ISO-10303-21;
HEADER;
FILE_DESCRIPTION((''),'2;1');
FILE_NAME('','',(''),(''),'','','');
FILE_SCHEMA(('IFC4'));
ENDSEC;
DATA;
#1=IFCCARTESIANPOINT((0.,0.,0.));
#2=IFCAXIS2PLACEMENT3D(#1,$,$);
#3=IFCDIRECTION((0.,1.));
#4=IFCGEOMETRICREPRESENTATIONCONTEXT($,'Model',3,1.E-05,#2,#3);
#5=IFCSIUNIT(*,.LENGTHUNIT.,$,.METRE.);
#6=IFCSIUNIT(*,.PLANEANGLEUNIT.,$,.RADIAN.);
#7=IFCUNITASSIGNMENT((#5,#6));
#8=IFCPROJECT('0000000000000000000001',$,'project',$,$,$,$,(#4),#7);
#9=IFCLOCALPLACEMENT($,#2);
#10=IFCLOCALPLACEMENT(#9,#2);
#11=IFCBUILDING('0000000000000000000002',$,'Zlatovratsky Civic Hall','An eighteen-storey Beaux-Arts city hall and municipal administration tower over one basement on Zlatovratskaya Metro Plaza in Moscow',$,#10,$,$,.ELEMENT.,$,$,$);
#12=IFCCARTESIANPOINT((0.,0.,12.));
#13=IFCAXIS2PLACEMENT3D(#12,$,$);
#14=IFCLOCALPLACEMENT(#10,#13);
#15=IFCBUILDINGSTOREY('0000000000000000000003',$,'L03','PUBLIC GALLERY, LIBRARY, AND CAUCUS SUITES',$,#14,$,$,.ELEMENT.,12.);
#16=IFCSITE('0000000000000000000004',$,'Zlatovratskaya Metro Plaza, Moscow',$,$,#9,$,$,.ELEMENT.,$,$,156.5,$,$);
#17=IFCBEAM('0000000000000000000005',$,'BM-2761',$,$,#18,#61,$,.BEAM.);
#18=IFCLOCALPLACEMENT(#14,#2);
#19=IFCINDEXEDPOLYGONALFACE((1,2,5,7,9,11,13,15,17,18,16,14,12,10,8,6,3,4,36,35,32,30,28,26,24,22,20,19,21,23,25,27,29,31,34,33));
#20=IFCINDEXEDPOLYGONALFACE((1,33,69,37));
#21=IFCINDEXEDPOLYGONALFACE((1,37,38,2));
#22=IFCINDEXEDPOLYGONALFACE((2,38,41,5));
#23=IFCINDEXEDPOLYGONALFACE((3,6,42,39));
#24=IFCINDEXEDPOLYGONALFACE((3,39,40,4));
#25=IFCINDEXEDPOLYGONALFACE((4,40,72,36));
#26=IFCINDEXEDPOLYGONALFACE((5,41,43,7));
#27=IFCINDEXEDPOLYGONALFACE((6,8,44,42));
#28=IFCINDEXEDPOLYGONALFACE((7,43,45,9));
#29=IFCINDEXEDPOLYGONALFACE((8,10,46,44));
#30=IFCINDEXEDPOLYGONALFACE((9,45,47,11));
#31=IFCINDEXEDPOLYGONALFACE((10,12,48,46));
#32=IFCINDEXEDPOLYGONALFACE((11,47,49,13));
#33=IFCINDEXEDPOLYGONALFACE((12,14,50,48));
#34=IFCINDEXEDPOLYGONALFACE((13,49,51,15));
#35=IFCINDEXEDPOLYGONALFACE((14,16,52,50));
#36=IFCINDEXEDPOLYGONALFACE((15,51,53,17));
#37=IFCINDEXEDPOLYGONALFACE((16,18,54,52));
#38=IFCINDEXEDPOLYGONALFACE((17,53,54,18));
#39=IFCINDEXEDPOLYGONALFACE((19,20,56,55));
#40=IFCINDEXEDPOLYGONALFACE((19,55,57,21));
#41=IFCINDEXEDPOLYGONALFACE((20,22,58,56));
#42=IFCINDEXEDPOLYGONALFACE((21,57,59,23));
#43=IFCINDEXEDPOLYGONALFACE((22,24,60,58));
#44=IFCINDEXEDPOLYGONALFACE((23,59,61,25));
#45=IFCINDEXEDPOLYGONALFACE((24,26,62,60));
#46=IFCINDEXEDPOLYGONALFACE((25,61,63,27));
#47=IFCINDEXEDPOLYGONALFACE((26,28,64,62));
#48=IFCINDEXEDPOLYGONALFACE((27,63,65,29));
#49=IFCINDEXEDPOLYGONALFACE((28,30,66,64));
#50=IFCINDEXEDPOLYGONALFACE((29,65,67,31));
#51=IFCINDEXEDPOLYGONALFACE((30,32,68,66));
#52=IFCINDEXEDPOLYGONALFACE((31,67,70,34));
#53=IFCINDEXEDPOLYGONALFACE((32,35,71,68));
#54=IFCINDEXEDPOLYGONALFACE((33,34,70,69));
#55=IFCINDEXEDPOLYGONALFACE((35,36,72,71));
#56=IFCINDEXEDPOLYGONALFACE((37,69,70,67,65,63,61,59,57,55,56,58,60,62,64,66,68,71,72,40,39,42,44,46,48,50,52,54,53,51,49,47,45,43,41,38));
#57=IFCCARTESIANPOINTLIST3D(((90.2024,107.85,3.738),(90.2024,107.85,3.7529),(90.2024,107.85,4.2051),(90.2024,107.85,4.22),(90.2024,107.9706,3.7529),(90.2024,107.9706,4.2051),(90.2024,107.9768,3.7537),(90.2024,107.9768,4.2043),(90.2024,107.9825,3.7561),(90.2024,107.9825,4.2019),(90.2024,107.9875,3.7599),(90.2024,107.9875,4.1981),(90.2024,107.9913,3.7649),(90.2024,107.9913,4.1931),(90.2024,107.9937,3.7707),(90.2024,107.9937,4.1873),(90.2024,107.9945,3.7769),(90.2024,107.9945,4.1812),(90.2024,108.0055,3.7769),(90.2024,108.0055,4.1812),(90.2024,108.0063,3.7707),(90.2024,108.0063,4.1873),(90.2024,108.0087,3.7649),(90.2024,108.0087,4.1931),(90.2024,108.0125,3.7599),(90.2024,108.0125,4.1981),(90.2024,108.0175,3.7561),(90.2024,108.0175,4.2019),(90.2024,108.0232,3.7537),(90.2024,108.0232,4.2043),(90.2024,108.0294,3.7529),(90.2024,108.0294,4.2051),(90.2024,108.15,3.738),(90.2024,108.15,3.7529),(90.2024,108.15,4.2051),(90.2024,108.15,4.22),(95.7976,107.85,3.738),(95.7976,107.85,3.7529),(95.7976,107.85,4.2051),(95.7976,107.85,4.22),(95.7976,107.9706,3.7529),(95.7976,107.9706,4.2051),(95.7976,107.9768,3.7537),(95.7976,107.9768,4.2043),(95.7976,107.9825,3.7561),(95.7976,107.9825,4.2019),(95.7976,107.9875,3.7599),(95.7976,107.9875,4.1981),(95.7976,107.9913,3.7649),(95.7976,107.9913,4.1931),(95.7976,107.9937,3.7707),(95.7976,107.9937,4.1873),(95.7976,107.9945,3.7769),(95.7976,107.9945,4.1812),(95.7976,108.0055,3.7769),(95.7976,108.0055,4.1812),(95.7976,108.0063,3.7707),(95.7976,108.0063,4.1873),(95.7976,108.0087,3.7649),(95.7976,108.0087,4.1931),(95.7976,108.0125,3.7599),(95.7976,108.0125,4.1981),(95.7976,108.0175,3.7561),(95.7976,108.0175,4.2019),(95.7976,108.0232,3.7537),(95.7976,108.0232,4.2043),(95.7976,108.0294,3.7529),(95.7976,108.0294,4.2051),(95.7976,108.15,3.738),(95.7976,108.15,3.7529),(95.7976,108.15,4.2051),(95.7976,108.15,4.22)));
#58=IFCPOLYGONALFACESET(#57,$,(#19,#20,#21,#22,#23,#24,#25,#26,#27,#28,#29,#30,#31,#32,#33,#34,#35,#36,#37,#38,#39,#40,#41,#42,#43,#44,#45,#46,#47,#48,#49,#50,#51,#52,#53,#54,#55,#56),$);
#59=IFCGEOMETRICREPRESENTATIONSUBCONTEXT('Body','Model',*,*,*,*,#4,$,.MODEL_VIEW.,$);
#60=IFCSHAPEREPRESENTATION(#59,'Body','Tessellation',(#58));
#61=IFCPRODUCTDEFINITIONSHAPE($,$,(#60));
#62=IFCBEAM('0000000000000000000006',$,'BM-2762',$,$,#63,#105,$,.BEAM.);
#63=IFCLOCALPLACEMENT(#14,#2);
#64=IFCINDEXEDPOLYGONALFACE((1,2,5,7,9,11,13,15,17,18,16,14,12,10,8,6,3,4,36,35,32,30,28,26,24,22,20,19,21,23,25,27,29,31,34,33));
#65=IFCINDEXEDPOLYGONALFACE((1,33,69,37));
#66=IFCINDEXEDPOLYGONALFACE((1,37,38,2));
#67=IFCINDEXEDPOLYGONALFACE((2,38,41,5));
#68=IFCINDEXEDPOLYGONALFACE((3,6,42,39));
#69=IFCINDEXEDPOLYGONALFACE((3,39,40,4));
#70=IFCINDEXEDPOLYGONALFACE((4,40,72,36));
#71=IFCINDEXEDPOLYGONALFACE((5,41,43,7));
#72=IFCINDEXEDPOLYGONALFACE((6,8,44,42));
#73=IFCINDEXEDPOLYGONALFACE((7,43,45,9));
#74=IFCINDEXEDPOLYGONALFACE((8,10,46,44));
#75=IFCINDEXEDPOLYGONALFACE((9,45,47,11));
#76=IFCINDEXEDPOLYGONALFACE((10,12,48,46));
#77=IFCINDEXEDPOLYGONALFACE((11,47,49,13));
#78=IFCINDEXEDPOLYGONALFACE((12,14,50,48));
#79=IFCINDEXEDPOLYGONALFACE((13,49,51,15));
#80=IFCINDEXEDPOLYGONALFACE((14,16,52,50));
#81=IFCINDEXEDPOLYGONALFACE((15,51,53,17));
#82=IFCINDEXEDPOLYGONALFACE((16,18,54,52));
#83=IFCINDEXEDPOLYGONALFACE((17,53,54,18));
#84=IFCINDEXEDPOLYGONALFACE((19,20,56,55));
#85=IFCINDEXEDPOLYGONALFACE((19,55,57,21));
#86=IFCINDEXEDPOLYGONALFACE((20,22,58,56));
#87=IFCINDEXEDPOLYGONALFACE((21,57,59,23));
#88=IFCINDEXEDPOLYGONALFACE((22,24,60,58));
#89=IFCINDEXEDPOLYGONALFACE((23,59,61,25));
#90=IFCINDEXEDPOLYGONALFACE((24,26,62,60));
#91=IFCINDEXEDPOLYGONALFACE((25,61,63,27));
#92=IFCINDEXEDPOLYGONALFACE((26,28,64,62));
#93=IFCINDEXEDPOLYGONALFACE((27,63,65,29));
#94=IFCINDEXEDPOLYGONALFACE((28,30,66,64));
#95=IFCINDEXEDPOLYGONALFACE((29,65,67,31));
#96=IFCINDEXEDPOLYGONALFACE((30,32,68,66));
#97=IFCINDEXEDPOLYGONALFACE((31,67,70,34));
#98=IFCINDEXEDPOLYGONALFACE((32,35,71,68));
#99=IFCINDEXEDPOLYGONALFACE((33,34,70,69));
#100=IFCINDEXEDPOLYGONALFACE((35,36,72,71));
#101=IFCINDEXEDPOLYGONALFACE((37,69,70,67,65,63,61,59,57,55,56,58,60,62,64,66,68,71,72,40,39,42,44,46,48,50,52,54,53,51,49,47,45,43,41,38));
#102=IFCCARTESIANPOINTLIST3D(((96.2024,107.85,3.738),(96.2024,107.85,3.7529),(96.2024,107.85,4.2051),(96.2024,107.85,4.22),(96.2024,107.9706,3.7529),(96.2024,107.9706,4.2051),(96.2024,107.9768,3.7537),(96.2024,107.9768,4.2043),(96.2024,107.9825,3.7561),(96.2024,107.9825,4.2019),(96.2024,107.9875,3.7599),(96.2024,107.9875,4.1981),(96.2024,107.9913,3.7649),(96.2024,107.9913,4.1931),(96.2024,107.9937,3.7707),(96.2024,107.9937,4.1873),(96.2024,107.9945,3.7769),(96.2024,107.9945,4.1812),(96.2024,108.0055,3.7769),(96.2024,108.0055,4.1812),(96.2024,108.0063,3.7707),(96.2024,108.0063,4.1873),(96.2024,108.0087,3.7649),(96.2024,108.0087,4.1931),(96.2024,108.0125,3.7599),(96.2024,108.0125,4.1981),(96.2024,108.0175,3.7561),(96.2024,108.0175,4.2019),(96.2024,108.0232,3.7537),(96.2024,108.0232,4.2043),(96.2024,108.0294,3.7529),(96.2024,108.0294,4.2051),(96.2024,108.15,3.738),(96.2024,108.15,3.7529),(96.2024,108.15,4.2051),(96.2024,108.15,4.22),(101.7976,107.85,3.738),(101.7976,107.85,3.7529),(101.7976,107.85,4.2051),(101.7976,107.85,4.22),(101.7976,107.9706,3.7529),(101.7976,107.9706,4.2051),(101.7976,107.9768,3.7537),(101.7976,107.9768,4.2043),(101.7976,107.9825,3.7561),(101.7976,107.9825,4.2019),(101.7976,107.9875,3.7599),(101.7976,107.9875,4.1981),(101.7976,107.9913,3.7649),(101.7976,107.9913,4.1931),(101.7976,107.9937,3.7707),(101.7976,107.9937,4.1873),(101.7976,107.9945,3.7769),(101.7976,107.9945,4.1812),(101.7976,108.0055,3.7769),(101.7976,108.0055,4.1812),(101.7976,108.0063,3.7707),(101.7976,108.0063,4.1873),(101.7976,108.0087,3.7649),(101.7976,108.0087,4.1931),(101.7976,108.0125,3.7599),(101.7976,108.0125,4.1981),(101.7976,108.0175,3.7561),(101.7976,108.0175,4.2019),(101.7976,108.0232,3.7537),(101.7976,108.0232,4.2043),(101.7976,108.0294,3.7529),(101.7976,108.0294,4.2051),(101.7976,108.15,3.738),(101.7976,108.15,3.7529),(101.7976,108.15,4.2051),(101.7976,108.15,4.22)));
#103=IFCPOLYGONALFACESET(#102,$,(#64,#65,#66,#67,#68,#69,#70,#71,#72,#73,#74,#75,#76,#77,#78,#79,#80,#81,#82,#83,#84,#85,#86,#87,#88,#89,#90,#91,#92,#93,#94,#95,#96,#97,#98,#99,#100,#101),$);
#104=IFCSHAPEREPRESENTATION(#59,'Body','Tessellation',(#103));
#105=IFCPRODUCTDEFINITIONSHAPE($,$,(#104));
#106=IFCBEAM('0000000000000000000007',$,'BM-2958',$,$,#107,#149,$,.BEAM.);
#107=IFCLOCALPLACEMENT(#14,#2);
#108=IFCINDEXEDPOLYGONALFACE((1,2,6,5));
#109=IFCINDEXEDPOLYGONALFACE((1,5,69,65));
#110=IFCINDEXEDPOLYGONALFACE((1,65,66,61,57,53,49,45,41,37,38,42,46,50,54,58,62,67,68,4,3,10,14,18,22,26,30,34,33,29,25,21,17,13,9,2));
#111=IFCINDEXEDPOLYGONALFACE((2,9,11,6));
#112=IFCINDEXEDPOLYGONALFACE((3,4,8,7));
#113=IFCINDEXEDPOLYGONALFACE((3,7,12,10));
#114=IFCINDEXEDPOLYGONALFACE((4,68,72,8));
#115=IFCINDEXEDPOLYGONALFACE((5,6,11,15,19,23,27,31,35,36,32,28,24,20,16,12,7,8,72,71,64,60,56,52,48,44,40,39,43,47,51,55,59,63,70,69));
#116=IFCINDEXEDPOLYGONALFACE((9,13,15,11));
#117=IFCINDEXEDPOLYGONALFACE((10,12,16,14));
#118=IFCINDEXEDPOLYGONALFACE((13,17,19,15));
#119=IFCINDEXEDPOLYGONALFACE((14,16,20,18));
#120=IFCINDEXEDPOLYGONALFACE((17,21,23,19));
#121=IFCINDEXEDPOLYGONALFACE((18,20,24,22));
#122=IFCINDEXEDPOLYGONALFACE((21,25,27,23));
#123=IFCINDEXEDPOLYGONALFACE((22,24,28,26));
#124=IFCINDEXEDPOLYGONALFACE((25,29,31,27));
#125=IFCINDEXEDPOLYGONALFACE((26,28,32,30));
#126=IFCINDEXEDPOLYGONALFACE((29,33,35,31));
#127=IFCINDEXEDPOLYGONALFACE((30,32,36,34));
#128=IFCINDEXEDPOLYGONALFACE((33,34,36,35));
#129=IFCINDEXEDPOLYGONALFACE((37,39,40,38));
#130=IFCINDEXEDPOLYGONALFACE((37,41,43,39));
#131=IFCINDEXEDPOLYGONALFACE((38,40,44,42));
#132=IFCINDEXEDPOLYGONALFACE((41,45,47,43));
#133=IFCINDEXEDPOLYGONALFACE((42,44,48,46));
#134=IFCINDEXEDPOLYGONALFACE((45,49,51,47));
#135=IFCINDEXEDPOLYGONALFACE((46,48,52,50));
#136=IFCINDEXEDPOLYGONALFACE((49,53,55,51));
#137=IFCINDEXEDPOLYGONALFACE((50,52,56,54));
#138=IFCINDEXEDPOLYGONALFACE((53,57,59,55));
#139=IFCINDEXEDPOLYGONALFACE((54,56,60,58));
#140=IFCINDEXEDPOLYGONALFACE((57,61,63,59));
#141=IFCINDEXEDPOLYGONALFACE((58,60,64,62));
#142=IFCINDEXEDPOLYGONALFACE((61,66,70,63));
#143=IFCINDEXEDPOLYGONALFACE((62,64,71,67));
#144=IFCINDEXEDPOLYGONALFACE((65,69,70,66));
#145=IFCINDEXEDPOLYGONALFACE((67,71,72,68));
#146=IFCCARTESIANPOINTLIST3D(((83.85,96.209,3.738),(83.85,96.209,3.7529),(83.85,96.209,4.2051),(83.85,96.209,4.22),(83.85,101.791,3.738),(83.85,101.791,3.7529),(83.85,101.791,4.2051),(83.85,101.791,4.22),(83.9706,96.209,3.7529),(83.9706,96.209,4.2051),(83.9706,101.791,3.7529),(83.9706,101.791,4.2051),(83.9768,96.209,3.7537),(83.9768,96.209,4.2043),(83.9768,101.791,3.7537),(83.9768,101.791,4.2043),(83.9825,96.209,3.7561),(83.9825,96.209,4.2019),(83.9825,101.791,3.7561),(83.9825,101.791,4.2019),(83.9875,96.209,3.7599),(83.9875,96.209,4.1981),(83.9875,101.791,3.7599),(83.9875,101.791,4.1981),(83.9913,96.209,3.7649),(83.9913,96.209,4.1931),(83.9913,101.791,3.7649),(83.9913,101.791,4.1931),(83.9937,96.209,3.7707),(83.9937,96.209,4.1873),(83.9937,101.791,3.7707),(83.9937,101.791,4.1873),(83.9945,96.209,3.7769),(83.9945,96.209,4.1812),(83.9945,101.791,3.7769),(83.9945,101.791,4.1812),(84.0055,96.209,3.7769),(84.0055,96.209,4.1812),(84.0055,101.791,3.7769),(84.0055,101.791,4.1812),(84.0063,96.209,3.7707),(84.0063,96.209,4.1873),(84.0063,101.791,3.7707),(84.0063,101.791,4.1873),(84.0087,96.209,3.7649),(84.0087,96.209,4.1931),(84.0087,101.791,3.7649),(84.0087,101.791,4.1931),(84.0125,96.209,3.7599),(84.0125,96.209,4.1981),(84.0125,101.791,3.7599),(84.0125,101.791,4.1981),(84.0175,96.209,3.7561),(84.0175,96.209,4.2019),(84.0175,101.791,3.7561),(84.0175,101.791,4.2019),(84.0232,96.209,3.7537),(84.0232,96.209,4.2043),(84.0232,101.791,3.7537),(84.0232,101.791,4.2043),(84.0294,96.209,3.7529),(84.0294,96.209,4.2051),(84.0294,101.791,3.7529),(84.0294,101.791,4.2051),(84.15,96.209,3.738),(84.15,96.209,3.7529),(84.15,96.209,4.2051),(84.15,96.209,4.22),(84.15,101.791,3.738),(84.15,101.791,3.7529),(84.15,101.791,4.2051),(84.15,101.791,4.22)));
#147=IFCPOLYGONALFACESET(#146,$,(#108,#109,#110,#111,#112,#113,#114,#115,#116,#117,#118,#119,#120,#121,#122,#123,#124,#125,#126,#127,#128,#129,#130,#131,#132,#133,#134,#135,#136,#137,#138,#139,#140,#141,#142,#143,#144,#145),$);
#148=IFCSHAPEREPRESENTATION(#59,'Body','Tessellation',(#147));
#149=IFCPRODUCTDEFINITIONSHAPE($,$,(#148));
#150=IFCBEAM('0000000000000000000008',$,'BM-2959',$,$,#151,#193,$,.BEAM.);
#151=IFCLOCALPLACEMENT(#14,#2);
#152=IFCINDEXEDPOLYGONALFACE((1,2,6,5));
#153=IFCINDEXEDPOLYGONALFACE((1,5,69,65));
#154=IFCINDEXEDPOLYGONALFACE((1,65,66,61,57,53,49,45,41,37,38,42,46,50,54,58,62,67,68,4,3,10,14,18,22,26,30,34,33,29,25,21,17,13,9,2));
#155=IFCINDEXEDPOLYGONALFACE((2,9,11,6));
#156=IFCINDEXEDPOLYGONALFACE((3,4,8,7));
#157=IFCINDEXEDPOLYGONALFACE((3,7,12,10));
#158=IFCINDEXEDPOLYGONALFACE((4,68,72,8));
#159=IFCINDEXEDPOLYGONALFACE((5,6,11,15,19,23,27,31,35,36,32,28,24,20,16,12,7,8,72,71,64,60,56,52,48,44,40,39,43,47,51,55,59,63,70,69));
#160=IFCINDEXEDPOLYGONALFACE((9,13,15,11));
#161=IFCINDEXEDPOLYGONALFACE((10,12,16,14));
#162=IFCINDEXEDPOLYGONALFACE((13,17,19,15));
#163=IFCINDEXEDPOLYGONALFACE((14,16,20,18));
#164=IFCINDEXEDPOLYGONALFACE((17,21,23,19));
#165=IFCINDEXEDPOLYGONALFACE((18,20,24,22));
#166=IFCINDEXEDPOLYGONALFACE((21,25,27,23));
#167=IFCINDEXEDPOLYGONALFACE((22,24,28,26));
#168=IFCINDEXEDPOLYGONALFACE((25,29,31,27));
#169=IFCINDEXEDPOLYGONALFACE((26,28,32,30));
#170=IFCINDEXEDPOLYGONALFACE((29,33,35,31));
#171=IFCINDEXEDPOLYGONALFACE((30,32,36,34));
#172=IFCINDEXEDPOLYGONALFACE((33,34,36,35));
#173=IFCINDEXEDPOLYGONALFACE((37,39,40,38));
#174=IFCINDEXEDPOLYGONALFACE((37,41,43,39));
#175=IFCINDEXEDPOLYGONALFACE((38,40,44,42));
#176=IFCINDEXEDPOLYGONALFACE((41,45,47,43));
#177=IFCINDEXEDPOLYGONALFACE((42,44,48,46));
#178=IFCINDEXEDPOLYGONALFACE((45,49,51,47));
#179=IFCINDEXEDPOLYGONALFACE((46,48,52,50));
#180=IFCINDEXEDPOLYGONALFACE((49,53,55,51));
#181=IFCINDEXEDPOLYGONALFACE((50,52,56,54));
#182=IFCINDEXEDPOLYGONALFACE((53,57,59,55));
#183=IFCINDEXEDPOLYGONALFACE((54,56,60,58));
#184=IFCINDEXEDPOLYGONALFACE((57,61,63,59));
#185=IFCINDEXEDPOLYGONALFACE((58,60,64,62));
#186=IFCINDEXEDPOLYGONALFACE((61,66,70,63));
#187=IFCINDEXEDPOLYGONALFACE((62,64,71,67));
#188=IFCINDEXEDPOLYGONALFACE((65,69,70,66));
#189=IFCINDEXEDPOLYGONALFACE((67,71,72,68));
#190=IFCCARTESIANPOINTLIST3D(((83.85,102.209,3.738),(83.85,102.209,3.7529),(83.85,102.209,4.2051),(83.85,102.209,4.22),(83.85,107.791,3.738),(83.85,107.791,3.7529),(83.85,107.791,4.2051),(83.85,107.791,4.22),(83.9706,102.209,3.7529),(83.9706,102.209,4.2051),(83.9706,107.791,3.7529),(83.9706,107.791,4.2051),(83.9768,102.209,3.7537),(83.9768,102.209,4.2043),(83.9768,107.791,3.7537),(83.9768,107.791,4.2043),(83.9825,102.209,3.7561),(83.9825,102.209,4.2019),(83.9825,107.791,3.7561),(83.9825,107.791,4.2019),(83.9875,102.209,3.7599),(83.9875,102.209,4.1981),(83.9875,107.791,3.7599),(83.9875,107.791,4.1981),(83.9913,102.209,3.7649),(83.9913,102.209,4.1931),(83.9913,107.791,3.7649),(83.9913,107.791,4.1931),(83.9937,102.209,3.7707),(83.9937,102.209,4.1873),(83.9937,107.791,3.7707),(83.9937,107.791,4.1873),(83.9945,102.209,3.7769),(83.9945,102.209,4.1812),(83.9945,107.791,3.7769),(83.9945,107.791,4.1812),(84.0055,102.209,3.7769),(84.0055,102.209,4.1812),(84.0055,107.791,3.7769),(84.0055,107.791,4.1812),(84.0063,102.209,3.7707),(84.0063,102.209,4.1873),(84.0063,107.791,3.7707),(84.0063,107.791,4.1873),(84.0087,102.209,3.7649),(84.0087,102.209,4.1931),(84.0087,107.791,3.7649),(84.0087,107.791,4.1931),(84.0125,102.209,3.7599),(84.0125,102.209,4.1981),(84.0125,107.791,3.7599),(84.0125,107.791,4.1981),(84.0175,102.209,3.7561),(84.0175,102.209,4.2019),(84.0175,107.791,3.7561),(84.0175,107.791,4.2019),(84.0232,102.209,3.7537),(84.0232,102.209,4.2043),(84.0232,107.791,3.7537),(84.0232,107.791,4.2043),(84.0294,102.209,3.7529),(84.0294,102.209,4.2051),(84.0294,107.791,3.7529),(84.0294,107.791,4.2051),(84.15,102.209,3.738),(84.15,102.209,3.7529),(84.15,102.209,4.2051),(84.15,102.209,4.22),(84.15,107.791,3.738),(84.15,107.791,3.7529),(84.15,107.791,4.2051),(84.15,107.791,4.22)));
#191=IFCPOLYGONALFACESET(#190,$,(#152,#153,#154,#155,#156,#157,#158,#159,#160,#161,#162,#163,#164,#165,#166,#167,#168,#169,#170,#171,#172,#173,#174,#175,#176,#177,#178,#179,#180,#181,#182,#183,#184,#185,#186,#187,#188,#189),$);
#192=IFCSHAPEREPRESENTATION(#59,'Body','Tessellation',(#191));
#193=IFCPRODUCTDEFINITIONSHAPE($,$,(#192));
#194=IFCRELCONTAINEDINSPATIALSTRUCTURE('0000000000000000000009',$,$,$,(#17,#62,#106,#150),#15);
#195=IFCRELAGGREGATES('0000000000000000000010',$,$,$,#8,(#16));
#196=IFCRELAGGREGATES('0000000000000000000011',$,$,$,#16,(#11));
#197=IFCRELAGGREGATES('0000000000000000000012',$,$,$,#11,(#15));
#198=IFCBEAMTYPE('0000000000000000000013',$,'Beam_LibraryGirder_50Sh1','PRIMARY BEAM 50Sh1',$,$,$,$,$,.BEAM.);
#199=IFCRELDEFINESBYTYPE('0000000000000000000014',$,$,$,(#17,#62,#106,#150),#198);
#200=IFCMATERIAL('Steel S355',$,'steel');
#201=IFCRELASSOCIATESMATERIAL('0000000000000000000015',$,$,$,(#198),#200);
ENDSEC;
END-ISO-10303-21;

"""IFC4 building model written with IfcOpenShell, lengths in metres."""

from ifc_helpers import new_model, si_unit, direction, frame, origin, origin_2d, place, context, subcontext, project, spatial, i_section, extrude, material, material_profile, profile_set, type_object, element, save


model = new_model("IFC4")

# Units and contexts
model_context = context("Model", 3, precision=1e-05, world=origin(), true_north=direction((0.0, 1.0)))
body_context = subcontext(model_context, "Body", "Model", "MODEL_VIEW")
ifc_project = project(units=[si_unit("LENGTHUNIT", "METRE"), si_unit("PLANEANGLEUNIT", "RADIAN")], contexts=[model_context])

# Site, building, storey
site_placement = place(None, origin())
site = spatial("IfcSite", under=ifc_project, at=site_placement, Name="Zlatovratskaya Metro Plaza, Moscow", CompositionType="ELEMENT", RefElevation=156.5)
building_placement = place(site_placement, origin())
building = spatial("IfcBuilding", under=site, at=building_placement, Name="Zlatovratsky Civic Hall", Description="An eighteen-storey Beaux-Arts city hall and municipal administration tower over one basement on Zlatovratskaya Metro Plaza in Moscow", CompositionType="ELEMENT")
storey_placement = place(building_placement, frame((0.0, 0.0, 12.0)))
storey = spatial("IfcBuildingStorey", under=building, at=storey_placement, Name="L03", Description="PUBLIC GALLERY, LIBRARY, AND CAUCUS SUITES", CompositionType="ELEMENT", Elevation=12.0)

# Shared definitions
ifc_material_1 = material(Name="Steel S355", Category="steel")

# Beams
ifc_material_profile_1 = material_profile(ifc_material_1, i_section(OverallWidth=0.3, OverallDepth=0.4819, WebThickness=0.011, FlangeThickness=0.0149, FilletRadius=0.0239, at=origin_2d()), Name="50Sh1")
ifc_profile_set_1 = profile_set([ifc_material_profile_1], Name="Steel S355")
beam_type_1 = type_object("IfcBeamType", Name="Beam_LibraryGirder_50Sh1", Description="PRIMARY BEAM 50Sh1", PredefinedType="BEAM", material=ifc_profile_set_1)
for number, where, z_axis, x_axis, name in (
    (1, (90.2024, 108.0, 3.979), (1.0, 0.0, 0.0), (0.0, 1.0, 0.0), "BM-2761"),
    (2, (96.2024, 108.0, 3.979), (1.0, 0.0, 0.0), (0.0, 1.0, 0.0), "BM-2762"),
):
    element("IfcBeam", number, at=place(storey_placement, frame(where, z_axis=z_axis, x_axis=x_axis)), inside=storey, type_object=beam_type_1, Name=name, PredefinedType="BEAM", context=body_context, shape_type="SweptSolid", body=[
        extrude(i_section(OverallWidth=0.3, OverallDepth=0.4819, WebThickness=0.011, FlangeThickness=0.0149, FilletRadius=0.0239, at=origin_2d()), origin(), (0.0, 0.0, 1.0), 5.5952),
    ])
for number, where, z_axis, x_axis, name in (
    (3, (84.0, 96.209, 3.979), (0.0, 1.0, 0.0), (-1.0, 0.0, 0.0), "BM-2958"),
    (4, (84.0, 102.209, 3.979), (0.0, 1.0, 0.0), (-1.0, 0.0, 0.0), "BM-2959"),
):
    element("IfcBeam", number, at=place(storey_placement, frame(where, z_axis=z_axis, x_axis=x_axis)), inside=storey, type_object=beam_type_1, Name=name, PredefinedType="BEAM", context=body_context, shape_type="SweptSolid", body=[
        extrude(i_section(OverallWidth=0.3, OverallDepth=0.4819, WebThickness=0.011, FlangeThickness=0.0149, FilletRadius=0.0239, at=origin_2d()), origin(), (0.0, 0.0, 1.0), 5.582),
    ])

save(model, "model.ifc")
